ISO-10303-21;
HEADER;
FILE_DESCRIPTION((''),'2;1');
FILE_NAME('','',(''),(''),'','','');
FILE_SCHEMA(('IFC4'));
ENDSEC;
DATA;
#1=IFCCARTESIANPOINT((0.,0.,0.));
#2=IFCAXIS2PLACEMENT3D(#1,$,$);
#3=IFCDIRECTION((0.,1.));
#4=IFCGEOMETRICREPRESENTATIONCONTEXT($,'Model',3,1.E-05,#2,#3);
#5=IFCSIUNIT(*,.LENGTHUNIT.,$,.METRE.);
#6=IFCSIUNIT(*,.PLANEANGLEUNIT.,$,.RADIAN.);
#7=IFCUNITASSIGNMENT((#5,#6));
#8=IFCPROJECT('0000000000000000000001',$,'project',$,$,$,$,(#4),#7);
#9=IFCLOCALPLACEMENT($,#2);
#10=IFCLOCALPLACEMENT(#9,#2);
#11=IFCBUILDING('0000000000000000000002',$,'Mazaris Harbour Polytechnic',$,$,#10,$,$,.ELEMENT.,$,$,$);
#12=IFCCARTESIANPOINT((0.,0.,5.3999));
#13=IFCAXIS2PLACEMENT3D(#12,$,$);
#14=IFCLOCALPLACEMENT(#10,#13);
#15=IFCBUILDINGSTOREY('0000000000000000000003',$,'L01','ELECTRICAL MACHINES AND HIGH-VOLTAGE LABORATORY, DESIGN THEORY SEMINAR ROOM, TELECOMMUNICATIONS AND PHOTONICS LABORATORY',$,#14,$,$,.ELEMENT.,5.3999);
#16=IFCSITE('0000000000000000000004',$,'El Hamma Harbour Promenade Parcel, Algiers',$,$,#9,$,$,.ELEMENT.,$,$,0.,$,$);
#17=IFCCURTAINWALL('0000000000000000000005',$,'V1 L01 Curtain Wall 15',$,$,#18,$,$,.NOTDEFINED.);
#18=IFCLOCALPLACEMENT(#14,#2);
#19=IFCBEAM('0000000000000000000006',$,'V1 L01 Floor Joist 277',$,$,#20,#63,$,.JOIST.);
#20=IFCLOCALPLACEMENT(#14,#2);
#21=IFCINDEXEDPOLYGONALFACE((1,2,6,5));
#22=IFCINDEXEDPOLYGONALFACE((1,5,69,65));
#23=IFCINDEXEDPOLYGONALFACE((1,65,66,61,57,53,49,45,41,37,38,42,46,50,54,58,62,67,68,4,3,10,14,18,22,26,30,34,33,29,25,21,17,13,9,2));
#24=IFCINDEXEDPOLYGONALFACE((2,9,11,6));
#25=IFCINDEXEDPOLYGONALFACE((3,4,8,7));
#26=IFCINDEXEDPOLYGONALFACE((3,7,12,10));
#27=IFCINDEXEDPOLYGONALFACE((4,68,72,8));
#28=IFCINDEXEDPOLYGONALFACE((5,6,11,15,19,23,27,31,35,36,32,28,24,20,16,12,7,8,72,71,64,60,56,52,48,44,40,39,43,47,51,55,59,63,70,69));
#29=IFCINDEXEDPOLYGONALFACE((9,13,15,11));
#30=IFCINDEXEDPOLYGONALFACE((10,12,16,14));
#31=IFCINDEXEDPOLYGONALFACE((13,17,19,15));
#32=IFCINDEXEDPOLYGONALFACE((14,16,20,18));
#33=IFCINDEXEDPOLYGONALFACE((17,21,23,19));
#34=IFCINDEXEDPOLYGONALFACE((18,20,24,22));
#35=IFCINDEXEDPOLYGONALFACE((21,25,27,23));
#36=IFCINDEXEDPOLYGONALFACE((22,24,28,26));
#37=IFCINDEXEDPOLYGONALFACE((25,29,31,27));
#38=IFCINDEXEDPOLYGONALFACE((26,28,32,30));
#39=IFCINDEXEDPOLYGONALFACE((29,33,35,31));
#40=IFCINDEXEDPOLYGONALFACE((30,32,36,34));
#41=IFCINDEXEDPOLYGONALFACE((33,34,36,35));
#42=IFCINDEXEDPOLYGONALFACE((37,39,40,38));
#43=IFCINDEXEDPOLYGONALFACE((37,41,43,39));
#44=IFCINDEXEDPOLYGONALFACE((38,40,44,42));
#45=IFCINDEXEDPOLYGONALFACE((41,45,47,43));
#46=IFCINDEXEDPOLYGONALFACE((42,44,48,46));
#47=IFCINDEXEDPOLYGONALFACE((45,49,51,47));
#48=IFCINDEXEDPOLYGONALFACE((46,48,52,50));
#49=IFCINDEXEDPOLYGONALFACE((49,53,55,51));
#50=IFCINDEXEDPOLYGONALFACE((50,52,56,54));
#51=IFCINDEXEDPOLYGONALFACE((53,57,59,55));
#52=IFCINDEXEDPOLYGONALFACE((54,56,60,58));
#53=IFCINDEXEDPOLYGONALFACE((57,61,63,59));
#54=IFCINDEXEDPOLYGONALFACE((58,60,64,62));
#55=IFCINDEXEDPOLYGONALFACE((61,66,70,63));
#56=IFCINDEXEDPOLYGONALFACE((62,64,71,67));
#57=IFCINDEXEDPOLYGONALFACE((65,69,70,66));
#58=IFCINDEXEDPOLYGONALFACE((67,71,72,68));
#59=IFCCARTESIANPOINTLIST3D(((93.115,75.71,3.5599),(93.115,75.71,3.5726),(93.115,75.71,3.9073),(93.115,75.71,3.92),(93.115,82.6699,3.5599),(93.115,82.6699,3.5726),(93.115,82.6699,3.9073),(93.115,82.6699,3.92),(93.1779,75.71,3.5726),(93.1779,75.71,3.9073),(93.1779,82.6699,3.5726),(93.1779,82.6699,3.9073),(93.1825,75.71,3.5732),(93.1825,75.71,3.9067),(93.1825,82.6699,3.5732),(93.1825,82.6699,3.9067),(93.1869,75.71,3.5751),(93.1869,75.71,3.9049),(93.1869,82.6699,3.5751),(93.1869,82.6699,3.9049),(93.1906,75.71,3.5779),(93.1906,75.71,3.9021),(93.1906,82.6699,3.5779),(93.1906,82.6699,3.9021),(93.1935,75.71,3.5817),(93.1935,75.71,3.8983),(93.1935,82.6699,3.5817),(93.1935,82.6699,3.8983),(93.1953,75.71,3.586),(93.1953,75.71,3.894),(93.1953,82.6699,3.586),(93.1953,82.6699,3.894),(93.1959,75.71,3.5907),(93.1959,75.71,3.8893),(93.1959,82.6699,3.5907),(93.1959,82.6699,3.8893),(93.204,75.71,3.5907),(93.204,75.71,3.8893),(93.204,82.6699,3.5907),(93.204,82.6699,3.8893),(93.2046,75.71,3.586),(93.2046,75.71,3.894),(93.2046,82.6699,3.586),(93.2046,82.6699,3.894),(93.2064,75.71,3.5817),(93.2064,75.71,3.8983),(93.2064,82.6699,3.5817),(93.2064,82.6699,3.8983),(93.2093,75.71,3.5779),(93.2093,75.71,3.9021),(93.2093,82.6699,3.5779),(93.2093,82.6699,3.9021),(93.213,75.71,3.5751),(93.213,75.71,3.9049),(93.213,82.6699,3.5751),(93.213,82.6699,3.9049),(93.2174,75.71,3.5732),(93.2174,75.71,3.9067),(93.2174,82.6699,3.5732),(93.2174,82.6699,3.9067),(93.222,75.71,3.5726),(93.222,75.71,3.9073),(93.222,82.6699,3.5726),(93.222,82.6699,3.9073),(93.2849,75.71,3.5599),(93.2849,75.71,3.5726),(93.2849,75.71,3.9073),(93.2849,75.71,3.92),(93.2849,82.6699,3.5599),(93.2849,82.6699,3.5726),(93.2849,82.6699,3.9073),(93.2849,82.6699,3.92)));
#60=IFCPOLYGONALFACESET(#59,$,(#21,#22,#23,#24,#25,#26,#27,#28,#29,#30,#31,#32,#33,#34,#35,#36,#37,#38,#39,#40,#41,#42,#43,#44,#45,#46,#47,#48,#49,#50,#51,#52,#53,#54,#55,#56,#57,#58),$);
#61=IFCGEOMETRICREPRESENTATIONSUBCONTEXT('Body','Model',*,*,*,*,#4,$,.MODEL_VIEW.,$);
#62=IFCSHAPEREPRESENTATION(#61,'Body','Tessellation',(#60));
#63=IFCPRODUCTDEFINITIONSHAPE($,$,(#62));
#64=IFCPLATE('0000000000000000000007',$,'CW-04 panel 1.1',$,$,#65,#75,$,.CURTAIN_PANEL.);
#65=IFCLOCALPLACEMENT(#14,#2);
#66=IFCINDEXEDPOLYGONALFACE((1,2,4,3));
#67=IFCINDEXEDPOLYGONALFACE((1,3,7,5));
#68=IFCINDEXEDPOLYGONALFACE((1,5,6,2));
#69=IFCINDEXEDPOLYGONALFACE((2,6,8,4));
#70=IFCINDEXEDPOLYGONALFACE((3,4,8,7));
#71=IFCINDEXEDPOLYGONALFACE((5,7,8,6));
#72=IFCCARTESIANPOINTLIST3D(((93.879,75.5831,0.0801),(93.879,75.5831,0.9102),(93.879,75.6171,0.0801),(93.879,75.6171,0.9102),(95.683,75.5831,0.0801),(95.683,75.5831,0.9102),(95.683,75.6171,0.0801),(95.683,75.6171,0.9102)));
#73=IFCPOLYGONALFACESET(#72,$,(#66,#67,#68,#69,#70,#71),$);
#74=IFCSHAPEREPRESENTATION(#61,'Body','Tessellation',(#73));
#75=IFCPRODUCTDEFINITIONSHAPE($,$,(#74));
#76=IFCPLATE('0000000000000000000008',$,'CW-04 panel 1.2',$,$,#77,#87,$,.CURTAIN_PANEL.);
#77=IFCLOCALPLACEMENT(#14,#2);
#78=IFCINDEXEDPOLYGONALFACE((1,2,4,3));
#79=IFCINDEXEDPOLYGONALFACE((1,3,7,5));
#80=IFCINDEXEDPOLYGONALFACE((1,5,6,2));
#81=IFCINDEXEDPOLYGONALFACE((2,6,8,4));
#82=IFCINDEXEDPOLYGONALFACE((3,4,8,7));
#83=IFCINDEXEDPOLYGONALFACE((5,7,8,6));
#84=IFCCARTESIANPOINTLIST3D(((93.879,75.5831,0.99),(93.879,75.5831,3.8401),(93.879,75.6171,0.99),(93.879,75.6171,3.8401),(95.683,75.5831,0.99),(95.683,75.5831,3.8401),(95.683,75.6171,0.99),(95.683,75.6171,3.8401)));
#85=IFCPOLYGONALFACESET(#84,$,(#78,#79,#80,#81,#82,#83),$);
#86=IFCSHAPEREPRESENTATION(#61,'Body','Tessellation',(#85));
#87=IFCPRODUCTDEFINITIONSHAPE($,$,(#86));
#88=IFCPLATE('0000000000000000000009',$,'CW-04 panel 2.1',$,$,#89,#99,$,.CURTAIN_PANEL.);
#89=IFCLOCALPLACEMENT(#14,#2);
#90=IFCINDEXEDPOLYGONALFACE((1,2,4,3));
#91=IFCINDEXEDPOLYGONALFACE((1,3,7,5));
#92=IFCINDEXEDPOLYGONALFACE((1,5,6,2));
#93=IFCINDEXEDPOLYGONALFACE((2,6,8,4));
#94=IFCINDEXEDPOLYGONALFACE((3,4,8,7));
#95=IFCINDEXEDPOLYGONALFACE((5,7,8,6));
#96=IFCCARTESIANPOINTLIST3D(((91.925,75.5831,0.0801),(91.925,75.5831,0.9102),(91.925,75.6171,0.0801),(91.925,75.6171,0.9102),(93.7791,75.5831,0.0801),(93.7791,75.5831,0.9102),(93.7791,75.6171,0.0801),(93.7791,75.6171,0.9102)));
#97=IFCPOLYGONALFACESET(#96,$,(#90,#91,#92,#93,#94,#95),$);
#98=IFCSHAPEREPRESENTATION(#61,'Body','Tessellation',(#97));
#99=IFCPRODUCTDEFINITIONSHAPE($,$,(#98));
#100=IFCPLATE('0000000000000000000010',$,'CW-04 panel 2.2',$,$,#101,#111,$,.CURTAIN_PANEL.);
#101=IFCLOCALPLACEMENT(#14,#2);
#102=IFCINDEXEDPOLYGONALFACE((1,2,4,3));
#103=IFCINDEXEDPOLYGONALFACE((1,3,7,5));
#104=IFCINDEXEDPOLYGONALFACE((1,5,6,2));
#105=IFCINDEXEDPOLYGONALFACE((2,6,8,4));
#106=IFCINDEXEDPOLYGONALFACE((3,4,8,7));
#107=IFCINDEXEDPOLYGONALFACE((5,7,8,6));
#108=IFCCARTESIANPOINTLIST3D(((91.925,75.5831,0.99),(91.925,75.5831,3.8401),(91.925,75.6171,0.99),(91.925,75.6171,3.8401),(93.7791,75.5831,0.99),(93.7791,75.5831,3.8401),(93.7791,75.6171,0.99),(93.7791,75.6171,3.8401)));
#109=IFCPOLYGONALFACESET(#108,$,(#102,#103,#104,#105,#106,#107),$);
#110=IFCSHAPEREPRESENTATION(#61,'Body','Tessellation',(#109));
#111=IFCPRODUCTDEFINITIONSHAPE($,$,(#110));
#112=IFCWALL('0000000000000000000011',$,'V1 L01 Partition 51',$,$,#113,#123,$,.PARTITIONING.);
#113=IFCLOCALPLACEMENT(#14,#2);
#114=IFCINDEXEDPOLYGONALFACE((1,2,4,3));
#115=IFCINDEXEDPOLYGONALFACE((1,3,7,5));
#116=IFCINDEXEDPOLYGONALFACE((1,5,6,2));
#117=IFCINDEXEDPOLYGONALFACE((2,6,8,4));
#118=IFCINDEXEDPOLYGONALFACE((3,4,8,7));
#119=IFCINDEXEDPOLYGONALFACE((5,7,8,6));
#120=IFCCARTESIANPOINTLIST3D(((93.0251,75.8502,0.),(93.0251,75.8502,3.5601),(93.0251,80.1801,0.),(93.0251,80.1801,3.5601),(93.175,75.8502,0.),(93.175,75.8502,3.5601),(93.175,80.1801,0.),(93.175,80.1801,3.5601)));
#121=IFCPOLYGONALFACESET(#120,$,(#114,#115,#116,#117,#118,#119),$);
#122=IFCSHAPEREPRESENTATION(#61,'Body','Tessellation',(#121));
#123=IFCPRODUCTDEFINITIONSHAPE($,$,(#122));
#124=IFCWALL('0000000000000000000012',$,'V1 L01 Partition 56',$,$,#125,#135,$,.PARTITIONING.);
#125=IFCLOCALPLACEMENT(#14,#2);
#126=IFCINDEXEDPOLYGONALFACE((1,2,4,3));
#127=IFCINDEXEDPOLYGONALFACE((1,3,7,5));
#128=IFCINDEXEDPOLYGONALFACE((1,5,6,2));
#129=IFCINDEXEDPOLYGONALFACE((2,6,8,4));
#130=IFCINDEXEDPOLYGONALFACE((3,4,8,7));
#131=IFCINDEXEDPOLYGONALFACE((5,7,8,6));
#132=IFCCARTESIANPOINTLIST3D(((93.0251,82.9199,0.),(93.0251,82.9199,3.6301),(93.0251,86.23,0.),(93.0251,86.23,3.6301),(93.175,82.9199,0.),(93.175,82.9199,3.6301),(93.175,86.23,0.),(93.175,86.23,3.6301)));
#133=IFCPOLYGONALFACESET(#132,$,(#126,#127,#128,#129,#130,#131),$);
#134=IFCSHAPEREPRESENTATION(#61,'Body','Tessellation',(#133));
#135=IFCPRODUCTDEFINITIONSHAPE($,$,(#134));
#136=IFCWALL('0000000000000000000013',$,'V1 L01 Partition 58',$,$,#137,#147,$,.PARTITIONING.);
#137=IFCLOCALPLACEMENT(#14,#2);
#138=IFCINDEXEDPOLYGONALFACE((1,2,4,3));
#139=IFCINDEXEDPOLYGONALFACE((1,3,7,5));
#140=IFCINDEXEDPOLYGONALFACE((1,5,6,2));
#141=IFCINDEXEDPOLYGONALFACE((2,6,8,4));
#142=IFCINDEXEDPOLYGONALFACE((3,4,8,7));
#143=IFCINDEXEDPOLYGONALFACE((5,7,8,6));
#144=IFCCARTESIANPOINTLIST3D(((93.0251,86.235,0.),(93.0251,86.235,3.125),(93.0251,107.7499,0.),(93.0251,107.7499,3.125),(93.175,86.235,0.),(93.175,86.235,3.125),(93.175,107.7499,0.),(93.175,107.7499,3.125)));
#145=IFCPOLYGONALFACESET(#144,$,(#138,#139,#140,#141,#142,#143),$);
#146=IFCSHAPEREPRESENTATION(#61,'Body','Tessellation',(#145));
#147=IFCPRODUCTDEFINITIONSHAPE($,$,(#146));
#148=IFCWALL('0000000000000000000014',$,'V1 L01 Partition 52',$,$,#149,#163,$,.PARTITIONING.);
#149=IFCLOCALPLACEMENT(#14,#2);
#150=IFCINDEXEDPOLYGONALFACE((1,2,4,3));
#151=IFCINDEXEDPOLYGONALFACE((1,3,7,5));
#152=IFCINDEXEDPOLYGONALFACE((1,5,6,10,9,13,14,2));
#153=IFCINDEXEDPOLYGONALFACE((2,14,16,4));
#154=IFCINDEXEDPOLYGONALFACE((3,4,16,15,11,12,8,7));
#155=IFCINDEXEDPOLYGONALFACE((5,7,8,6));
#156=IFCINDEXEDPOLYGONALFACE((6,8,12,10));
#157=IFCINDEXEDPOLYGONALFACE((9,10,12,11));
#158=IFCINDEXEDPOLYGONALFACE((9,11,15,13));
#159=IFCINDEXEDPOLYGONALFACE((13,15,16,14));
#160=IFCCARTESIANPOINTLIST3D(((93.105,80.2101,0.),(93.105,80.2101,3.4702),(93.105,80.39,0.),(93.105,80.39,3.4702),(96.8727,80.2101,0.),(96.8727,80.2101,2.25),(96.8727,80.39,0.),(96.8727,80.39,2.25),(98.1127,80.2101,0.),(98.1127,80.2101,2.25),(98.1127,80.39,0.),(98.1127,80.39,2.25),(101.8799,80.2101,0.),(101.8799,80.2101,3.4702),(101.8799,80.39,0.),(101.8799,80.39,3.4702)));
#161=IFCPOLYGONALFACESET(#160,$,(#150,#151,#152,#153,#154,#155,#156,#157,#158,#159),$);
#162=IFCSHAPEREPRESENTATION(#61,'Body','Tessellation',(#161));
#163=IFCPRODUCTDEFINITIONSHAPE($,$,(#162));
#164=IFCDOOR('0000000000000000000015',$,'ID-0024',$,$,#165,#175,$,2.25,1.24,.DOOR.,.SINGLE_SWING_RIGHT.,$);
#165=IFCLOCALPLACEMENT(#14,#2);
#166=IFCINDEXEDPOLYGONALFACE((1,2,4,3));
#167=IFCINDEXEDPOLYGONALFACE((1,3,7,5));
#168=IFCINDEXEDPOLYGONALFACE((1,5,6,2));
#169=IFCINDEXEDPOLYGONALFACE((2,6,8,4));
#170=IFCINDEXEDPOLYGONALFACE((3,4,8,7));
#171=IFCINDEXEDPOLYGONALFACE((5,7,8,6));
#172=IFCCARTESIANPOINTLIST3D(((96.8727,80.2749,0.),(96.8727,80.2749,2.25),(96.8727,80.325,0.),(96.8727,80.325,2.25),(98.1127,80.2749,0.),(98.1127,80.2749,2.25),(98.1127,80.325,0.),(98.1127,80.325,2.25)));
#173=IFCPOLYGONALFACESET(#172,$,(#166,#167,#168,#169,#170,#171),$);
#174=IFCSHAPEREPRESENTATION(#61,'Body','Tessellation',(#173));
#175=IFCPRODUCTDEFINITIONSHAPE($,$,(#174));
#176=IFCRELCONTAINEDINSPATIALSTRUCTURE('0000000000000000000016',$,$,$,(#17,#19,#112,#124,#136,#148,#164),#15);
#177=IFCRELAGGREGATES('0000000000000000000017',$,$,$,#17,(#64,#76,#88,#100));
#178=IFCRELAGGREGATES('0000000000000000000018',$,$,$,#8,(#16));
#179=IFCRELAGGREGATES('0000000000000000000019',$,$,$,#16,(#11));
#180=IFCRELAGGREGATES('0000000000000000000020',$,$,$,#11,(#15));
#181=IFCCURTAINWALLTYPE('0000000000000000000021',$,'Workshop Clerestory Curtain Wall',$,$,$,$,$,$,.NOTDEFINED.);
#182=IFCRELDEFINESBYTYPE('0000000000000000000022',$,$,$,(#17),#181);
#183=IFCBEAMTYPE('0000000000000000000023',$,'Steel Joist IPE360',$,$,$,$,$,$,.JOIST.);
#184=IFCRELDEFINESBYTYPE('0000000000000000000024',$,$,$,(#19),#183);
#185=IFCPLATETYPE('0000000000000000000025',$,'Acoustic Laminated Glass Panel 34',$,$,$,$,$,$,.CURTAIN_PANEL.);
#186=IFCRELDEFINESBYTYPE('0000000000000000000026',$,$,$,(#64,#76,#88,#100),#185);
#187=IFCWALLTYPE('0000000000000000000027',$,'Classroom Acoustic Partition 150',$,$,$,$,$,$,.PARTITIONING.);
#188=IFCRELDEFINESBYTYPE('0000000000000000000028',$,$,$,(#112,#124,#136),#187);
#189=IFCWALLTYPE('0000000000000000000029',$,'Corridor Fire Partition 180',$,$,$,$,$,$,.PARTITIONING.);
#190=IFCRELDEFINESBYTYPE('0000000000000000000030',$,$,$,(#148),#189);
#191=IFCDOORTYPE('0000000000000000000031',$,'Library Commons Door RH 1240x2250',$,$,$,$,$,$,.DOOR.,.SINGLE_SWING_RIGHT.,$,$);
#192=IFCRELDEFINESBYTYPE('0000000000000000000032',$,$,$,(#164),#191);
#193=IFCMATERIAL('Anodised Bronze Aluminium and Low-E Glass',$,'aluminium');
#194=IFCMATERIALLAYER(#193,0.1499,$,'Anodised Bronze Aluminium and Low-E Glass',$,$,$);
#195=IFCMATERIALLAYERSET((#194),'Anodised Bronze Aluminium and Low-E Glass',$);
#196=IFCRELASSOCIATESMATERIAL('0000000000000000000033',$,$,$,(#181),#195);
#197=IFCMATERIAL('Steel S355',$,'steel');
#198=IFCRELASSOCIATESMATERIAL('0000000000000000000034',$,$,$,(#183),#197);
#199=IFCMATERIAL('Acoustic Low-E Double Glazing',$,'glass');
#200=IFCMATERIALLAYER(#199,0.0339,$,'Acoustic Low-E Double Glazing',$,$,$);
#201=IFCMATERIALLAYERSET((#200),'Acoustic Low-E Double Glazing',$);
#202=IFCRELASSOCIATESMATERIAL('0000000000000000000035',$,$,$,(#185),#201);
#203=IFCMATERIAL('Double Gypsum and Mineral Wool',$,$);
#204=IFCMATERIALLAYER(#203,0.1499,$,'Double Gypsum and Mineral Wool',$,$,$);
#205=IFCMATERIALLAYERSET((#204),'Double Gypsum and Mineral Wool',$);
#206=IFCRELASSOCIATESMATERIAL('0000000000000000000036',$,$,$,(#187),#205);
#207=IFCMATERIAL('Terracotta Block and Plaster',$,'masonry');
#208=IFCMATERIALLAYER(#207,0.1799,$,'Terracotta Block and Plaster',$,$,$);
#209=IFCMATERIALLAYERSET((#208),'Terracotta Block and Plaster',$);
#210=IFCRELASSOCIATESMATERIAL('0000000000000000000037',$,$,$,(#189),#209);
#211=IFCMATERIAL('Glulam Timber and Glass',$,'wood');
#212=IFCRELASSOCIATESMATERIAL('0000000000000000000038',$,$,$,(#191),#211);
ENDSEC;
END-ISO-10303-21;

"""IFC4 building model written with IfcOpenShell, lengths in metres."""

from ifc_helpers import new_model, si_unit, direction, frame, frame_2d, origin, origin_2d, place, context, subcontext, project, spatial, rectangle, i_section, extrude, material, layer, layer_set, material_profile, profile_set, type_object, element, fill, aggregate, save


model = new_model("IFC4")

# Units and contexts
model_context = context("Model", 3, precision=1e-05, world=origin(), true_north=direction((0.0, 1.0)))
body_context = subcontext(model_context, "Body", "Model", "MODEL_VIEW")
ifc_project = project(units=[si_unit("LENGTHUNIT", "METRE"), si_unit("PLANEANGLEUNIT", "RADIAN")], contexts=[model_context])

# Site, building, storey
site_placement = place(None, origin())
site = spatial("IfcSite", under=ifc_project, at=site_placement, Name="El Hamma Harbour Promenade Parcel, Algiers", CompositionType="ELEMENT", RefElevation=0.0)
building_placement = place(site_placement, origin())
building = spatial("IfcBuilding", under=site, at=building_placement, Name="Mazaris Harbour Polytechnic", CompositionType="ELEMENT")
storey_placement = place(building_placement, frame((0.0, 0.0, 5.3999)))
storey = spatial("IfcBuildingStorey", under=building, at=storey_placement, Name="L01", Description="ELECTRICAL MACHINES AND HIGH-VOLTAGE LABORATORY, DESIGN THEORY SEMINAR ROOM, TELECOMMUNICATIONS AND PHOTONICS LABORATORY", CompositionType="ELEMENT", Elevation=5.3999)

# Curtain wall
ifc_material_1 = material(Name="Anodised Bronze Aluminium and Low-E Glass", Category="aluminium")
ifc_layer_1 = layer(ifc_material_1, 0.1499, Name="Anodised Bronze Aluminium and Low-E Glass")
ifc_layer_set_1 = layer_set([ifc_layer_1], Name="Anodised Bronze Aluminium and Low-E Glass")
curtain_wall_type = type_object("IfcCurtainWallType", Name="Workshop Clerestory Curtain Wall", PredefinedType="NOTDEFINED", material=ifc_layer_set_1)
curtain_wall_placement = place(storey_placement, origin())
curtain_wall = element("IfcCurtainWall", 1, at=curtain_wall_placement, inside=storey, type_object=curtain_wall_type, Name="V1 L01 Curtain Wall 15", PredefinedType="NOTDEFINED")

# Beam
ifc_material_2 = material(Name="Steel S355", Category="steel")
ifc_material_profile_1 = material_profile(ifc_material_2, i_section(OverallWidth=0.1699, OverallDepth=0.3601, WebThickness=0.0081, FlangeThickness=0.0127, FilletRadius=0.0181, at=origin_2d()), Name="IPE 360")
ifc_profile_set_1 = profile_set([ifc_material_profile_1], Name="Steel S355")
beam_type_1 = type_object("IfcBeamType", Name="Steel Joist IPE360", PredefinedType="JOIST", material=ifc_profile_set_1)
beam_1_placement = place(storey_placement, frame((93.2, 75.71, 3.74), z_axis=(0.0, 1.0, 0.0), x_axis=(-1.0, 0.0, 0.0)))
element("IfcBeam", 2, at=beam_1_placement, inside=storey, type_object=beam_type_1, Name="V1 L01 Floor Joist 277", PredefinedType="JOIST", context=body_context, shape_type="SweptSolid", body=[
    extrude(i_section(OverallWidth=0.1699, OverallDepth=0.3601, WebThickness=0.0081, FlangeThickness=0.0127, FilletRadius=0.0181, at=origin_2d()), origin(), (0.0, 0.0, 1.0), 6.96),
])

# Plates
ifc_material_3 = material(Name="Acoustic Low-E Double Glazing", Category="glass")
ifc_layer_2 = layer(ifc_material_3, 0.0339, Name="Acoustic Low-E Double Glazing")
ifc_layer_set_2 = layer_set([ifc_layer_2], Name="Acoustic Low-E Double Glazing")
plate_type = type_object("IfcPlateType", Name="Acoustic Laminated Glass Panel 34", PredefinedType="CURTAIN_PANEL", material=ifc_layer_set_2)
plate_1_placement = place(storey_placement, frame((94.781, 75.6001, 0.0801), z_axis=(0.0, 0.0, 1.0), x_axis=(-1.0, 0.0, 0.0)))
plate_1 = element("IfcPlate", 3, at=plate_1_placement, type_object=plate_type, Name="CW-04 panel 1.1", PredefinedType="CURTAIN_PANEL", context=body_context, shape_type="SweptSolid", body=[
    extrude(rectangle(XDim=1.804, YDim=0.0339, at=origin_2d()), origin(), (0.0, 0.0, 1.0), 0.8301),
])
plate_2_placement = place(storey_placement, frame((94.781, 75.6001, 0.99), z_axis=(0.0, 0.0, 1.0), x_axis=(-1.0, 0.0, 0.0)))
plate_2 = element("IfcPlate", 4, at=plate_2_placement, type_object=plate_type, Name="CW-04 panel 1.2", PredefinedType="CURTAIN_PANEL", context=body_context, shape_type="SweptSolid", body=[
    extrude(rectangle(XDim=1.804, YDim=0.0339, at=origin_2d()), origin(), (0.0, 0.0, 1.0), 2.8501),
])
plate_3_placement = place(storey_placement, frame((92.8521, 75.6001, 0.0801), z_axis=(0.0, 0.0, 1.0), x_axis=(-1.0, 0.0, 0.0)))
plate_3 = element("IfcPlate", 5, at=plate_3_placement, type_object=plate_type, Name="CW-04 panel 2.1", PredefinedType="CURTAIN_PANEL", context=body_context, shape_type="SweptSolid", body=[
    extrude(rectangle(XDim=1.854, YDim=0.0339, at=origin_2d()), origin(), (0.0, 0.0, 1.0), 0.8301),
])
plate_4_placement = place(storey_placement, frame((92.8521, 75.6001, 0.99), z_axis=(0.0, 0.0, 1.0), x_axis=(-1.0, 0.0, 0.0)))
plate_4 = element("IfcPlate", 6, at=plate_4_placement, type_object=plate_type, Name="CW-04 panel 2.2", PredefinedType="CURTAIN_PANEL", context=body_context, shape_type="SweptSolid", body=[
    extrude(rectangle(XDim=1.854, YDim=0.0339, at=origin_2d()), origin(), (0.0, 0.0, 1.0), 2.8501),
])
aggregate(curtain_wall, [plate_1, plate_2, plate_3, plate_4])

# Walls
ifc_material_4 = material(Name="Double Gypsum and Mineral Wool")
ifc_layer_3 = layer(ifc_material_4, 0.1499, Name="Double Gypsum and Mineral Wool")
ifc_layer_set_3 = layer_set([ifc_layer_3], Name="Double Gypsum and Mineral Wool")
wall_type_1 = type_object("IfcWallType", Name="Classroom Acoustic Partition 150", PredefinedType="PARTITIONING", material=ifc_layer_set_3)
wall_1_placement = place(storey_placement, frame((93.1001, 75.8501, 0.0), z_axis=(0.0, 0.0, 1.0), x_axis=(0.0, 1.0, 0.0)))
element("IfcWall", 7, at=wall_1_placement, inside=storey, type_object=wall_type_1, Name="V1 L01 Partition 51", PredefinedType="PARTITIONING", context=body_context, shape_type="SweptSolid", body=[
    extrude(rectangle(XDim=4.3298, YDim=0.1499, at=frame_2d((2.165, 0.0))), origin(), (0.0, 0.0, 1.0), 3.5601),
])
wall_2_placement = place(storey_placement, frame((93.1001, 82.9199, 0.0), z_axis=(0.0, 0.0, 1.0), x_axis=(0.0, 1.0, 0.0)))
element("IfcWall", 8, at=wall_2_placement, inside=storey, type_object=wall_type_1, Name="V1 L01 Partition 56", PredefinedType="PARTITIONING", context=body_context, shape_type="SweptSolid", body=[
    extrude(rectangle(XDim=3.3101, YDim=0.1499, at=frame_2d((1.655, 0.0))), origin(), (0.0, 0.0, 1.0), 3.6301),
])
wall_3_placement = place(storey_placement, frame((93.1001, 86.2351, 0.0), z_axis=(0.0, 0.0, 1.0), x_axis=(0.0, 1.0, 0.0)))
element("IfcWall", 9, at=wall_3_placement, inside=storey, type_object=wall_type_1, Name="V1 L01 Partition 58", PredefinedType="PARTITIONING", context=body_context, shape_type="SweptSolid", body=[
    extrude(rectangle(XDim=21.5149, YDim=0.1499, at=frame_2d((10.7573, 0.0))), origin(), (0.0, 0.0, 1.0), 3.125),
])

# Wall, opening, door
ifc_material_5 = material(Name="Terracotta Block and Plaster", Category="masonry")
ifc_layer_4 = layer(ifc_material_5, 0.1799, Name="Terracotta Block and Plaster")
ifc_layer_set_4 = layer_set([ifc_layer_4], Name="Terracotta Block and Plaster")
wall_type_2 = type_object("IfcWallType", Name="Corridor Fire Partition 180", PredefinedType="PARTITIONING", material=ifc_layer_set_4)
wall_4_placement = place(storey_placement, frame((93.105, 80.3, 0.0), z_axis=(0.0, 0.0, 1.0), x_axis=(1.0, 0.0, 0.0)))
wall_4 = element("IfcWall", 10, at=wall_4_placement, inside=storey, type_object=wall_type_2, Name="V1 L01 Partition 52", PredefinedType="PARTITIONING", context=body_context, shape_type="SweptSolid", body=[
    extrude(rectangle(XDim=8.7749, YDim=0.1799, at=frame_2d((4.3875, 0.0))), origin(), (0.0, 0.0, 1.0), 3.4702),
])
opening_1_placement = place(wall_4_placement, frame((3.7676, 0.0, 0.0)))
opening_1 = element("IfcOpeningElement", 11, at=opening_1_placement, cuts=wall_4, PredefinedType="OPENING", context=body_context, shape_type="SweptSolid", body=[
    extrude(rectangle(XDim=1.24, YDim=2.25, at=frame_2d((0.6201, 1.125))), frame((0.0, 0.0999, 0.0), z_axis=(0.0, -1.0, 0.0), x_axis=(1.0, 0.0, 0.0)), (0.0, 0.0, 1.0), 0.2),
])
ifc_material_6 = material(Name="Glulam Timber and Glass", Category="wood")
door_type_1 = type_object("IfcDoorType", Name="Library Commons Door RH 1240x2250", OperationType="SINGLE_SWING_RIGHT", PredefinedType="DOOR", material=ifc_material_6)
door_1_placement = place(opening_1_placement, origin())
door_1 = element("IfcDoor", 12, at=door_1_placement, inside=storey, type_object=door_type_1, Name="ID-0024", OperationType="SINGLE_SWING_RIGHT", OverallHeight=2.25, OverallWidth=1.24, PredefinedType="DOOR", context=body_context, shape_type="SweptSolid", body=[
    extrude(rectangle(XDim=1.24, YDim=2.25, at=frame_2d((0.6201, 1.125))), frame((0.0, 0.0249, 0.0), z_axis=(0.0, -1.0, 0.0), x_axis=(1.0, 0.0, 0.0)), (0.0, 0.0, 1.0), 0.05),
])
fill(opening_1, door_1)

save(model, "model.ifc")
